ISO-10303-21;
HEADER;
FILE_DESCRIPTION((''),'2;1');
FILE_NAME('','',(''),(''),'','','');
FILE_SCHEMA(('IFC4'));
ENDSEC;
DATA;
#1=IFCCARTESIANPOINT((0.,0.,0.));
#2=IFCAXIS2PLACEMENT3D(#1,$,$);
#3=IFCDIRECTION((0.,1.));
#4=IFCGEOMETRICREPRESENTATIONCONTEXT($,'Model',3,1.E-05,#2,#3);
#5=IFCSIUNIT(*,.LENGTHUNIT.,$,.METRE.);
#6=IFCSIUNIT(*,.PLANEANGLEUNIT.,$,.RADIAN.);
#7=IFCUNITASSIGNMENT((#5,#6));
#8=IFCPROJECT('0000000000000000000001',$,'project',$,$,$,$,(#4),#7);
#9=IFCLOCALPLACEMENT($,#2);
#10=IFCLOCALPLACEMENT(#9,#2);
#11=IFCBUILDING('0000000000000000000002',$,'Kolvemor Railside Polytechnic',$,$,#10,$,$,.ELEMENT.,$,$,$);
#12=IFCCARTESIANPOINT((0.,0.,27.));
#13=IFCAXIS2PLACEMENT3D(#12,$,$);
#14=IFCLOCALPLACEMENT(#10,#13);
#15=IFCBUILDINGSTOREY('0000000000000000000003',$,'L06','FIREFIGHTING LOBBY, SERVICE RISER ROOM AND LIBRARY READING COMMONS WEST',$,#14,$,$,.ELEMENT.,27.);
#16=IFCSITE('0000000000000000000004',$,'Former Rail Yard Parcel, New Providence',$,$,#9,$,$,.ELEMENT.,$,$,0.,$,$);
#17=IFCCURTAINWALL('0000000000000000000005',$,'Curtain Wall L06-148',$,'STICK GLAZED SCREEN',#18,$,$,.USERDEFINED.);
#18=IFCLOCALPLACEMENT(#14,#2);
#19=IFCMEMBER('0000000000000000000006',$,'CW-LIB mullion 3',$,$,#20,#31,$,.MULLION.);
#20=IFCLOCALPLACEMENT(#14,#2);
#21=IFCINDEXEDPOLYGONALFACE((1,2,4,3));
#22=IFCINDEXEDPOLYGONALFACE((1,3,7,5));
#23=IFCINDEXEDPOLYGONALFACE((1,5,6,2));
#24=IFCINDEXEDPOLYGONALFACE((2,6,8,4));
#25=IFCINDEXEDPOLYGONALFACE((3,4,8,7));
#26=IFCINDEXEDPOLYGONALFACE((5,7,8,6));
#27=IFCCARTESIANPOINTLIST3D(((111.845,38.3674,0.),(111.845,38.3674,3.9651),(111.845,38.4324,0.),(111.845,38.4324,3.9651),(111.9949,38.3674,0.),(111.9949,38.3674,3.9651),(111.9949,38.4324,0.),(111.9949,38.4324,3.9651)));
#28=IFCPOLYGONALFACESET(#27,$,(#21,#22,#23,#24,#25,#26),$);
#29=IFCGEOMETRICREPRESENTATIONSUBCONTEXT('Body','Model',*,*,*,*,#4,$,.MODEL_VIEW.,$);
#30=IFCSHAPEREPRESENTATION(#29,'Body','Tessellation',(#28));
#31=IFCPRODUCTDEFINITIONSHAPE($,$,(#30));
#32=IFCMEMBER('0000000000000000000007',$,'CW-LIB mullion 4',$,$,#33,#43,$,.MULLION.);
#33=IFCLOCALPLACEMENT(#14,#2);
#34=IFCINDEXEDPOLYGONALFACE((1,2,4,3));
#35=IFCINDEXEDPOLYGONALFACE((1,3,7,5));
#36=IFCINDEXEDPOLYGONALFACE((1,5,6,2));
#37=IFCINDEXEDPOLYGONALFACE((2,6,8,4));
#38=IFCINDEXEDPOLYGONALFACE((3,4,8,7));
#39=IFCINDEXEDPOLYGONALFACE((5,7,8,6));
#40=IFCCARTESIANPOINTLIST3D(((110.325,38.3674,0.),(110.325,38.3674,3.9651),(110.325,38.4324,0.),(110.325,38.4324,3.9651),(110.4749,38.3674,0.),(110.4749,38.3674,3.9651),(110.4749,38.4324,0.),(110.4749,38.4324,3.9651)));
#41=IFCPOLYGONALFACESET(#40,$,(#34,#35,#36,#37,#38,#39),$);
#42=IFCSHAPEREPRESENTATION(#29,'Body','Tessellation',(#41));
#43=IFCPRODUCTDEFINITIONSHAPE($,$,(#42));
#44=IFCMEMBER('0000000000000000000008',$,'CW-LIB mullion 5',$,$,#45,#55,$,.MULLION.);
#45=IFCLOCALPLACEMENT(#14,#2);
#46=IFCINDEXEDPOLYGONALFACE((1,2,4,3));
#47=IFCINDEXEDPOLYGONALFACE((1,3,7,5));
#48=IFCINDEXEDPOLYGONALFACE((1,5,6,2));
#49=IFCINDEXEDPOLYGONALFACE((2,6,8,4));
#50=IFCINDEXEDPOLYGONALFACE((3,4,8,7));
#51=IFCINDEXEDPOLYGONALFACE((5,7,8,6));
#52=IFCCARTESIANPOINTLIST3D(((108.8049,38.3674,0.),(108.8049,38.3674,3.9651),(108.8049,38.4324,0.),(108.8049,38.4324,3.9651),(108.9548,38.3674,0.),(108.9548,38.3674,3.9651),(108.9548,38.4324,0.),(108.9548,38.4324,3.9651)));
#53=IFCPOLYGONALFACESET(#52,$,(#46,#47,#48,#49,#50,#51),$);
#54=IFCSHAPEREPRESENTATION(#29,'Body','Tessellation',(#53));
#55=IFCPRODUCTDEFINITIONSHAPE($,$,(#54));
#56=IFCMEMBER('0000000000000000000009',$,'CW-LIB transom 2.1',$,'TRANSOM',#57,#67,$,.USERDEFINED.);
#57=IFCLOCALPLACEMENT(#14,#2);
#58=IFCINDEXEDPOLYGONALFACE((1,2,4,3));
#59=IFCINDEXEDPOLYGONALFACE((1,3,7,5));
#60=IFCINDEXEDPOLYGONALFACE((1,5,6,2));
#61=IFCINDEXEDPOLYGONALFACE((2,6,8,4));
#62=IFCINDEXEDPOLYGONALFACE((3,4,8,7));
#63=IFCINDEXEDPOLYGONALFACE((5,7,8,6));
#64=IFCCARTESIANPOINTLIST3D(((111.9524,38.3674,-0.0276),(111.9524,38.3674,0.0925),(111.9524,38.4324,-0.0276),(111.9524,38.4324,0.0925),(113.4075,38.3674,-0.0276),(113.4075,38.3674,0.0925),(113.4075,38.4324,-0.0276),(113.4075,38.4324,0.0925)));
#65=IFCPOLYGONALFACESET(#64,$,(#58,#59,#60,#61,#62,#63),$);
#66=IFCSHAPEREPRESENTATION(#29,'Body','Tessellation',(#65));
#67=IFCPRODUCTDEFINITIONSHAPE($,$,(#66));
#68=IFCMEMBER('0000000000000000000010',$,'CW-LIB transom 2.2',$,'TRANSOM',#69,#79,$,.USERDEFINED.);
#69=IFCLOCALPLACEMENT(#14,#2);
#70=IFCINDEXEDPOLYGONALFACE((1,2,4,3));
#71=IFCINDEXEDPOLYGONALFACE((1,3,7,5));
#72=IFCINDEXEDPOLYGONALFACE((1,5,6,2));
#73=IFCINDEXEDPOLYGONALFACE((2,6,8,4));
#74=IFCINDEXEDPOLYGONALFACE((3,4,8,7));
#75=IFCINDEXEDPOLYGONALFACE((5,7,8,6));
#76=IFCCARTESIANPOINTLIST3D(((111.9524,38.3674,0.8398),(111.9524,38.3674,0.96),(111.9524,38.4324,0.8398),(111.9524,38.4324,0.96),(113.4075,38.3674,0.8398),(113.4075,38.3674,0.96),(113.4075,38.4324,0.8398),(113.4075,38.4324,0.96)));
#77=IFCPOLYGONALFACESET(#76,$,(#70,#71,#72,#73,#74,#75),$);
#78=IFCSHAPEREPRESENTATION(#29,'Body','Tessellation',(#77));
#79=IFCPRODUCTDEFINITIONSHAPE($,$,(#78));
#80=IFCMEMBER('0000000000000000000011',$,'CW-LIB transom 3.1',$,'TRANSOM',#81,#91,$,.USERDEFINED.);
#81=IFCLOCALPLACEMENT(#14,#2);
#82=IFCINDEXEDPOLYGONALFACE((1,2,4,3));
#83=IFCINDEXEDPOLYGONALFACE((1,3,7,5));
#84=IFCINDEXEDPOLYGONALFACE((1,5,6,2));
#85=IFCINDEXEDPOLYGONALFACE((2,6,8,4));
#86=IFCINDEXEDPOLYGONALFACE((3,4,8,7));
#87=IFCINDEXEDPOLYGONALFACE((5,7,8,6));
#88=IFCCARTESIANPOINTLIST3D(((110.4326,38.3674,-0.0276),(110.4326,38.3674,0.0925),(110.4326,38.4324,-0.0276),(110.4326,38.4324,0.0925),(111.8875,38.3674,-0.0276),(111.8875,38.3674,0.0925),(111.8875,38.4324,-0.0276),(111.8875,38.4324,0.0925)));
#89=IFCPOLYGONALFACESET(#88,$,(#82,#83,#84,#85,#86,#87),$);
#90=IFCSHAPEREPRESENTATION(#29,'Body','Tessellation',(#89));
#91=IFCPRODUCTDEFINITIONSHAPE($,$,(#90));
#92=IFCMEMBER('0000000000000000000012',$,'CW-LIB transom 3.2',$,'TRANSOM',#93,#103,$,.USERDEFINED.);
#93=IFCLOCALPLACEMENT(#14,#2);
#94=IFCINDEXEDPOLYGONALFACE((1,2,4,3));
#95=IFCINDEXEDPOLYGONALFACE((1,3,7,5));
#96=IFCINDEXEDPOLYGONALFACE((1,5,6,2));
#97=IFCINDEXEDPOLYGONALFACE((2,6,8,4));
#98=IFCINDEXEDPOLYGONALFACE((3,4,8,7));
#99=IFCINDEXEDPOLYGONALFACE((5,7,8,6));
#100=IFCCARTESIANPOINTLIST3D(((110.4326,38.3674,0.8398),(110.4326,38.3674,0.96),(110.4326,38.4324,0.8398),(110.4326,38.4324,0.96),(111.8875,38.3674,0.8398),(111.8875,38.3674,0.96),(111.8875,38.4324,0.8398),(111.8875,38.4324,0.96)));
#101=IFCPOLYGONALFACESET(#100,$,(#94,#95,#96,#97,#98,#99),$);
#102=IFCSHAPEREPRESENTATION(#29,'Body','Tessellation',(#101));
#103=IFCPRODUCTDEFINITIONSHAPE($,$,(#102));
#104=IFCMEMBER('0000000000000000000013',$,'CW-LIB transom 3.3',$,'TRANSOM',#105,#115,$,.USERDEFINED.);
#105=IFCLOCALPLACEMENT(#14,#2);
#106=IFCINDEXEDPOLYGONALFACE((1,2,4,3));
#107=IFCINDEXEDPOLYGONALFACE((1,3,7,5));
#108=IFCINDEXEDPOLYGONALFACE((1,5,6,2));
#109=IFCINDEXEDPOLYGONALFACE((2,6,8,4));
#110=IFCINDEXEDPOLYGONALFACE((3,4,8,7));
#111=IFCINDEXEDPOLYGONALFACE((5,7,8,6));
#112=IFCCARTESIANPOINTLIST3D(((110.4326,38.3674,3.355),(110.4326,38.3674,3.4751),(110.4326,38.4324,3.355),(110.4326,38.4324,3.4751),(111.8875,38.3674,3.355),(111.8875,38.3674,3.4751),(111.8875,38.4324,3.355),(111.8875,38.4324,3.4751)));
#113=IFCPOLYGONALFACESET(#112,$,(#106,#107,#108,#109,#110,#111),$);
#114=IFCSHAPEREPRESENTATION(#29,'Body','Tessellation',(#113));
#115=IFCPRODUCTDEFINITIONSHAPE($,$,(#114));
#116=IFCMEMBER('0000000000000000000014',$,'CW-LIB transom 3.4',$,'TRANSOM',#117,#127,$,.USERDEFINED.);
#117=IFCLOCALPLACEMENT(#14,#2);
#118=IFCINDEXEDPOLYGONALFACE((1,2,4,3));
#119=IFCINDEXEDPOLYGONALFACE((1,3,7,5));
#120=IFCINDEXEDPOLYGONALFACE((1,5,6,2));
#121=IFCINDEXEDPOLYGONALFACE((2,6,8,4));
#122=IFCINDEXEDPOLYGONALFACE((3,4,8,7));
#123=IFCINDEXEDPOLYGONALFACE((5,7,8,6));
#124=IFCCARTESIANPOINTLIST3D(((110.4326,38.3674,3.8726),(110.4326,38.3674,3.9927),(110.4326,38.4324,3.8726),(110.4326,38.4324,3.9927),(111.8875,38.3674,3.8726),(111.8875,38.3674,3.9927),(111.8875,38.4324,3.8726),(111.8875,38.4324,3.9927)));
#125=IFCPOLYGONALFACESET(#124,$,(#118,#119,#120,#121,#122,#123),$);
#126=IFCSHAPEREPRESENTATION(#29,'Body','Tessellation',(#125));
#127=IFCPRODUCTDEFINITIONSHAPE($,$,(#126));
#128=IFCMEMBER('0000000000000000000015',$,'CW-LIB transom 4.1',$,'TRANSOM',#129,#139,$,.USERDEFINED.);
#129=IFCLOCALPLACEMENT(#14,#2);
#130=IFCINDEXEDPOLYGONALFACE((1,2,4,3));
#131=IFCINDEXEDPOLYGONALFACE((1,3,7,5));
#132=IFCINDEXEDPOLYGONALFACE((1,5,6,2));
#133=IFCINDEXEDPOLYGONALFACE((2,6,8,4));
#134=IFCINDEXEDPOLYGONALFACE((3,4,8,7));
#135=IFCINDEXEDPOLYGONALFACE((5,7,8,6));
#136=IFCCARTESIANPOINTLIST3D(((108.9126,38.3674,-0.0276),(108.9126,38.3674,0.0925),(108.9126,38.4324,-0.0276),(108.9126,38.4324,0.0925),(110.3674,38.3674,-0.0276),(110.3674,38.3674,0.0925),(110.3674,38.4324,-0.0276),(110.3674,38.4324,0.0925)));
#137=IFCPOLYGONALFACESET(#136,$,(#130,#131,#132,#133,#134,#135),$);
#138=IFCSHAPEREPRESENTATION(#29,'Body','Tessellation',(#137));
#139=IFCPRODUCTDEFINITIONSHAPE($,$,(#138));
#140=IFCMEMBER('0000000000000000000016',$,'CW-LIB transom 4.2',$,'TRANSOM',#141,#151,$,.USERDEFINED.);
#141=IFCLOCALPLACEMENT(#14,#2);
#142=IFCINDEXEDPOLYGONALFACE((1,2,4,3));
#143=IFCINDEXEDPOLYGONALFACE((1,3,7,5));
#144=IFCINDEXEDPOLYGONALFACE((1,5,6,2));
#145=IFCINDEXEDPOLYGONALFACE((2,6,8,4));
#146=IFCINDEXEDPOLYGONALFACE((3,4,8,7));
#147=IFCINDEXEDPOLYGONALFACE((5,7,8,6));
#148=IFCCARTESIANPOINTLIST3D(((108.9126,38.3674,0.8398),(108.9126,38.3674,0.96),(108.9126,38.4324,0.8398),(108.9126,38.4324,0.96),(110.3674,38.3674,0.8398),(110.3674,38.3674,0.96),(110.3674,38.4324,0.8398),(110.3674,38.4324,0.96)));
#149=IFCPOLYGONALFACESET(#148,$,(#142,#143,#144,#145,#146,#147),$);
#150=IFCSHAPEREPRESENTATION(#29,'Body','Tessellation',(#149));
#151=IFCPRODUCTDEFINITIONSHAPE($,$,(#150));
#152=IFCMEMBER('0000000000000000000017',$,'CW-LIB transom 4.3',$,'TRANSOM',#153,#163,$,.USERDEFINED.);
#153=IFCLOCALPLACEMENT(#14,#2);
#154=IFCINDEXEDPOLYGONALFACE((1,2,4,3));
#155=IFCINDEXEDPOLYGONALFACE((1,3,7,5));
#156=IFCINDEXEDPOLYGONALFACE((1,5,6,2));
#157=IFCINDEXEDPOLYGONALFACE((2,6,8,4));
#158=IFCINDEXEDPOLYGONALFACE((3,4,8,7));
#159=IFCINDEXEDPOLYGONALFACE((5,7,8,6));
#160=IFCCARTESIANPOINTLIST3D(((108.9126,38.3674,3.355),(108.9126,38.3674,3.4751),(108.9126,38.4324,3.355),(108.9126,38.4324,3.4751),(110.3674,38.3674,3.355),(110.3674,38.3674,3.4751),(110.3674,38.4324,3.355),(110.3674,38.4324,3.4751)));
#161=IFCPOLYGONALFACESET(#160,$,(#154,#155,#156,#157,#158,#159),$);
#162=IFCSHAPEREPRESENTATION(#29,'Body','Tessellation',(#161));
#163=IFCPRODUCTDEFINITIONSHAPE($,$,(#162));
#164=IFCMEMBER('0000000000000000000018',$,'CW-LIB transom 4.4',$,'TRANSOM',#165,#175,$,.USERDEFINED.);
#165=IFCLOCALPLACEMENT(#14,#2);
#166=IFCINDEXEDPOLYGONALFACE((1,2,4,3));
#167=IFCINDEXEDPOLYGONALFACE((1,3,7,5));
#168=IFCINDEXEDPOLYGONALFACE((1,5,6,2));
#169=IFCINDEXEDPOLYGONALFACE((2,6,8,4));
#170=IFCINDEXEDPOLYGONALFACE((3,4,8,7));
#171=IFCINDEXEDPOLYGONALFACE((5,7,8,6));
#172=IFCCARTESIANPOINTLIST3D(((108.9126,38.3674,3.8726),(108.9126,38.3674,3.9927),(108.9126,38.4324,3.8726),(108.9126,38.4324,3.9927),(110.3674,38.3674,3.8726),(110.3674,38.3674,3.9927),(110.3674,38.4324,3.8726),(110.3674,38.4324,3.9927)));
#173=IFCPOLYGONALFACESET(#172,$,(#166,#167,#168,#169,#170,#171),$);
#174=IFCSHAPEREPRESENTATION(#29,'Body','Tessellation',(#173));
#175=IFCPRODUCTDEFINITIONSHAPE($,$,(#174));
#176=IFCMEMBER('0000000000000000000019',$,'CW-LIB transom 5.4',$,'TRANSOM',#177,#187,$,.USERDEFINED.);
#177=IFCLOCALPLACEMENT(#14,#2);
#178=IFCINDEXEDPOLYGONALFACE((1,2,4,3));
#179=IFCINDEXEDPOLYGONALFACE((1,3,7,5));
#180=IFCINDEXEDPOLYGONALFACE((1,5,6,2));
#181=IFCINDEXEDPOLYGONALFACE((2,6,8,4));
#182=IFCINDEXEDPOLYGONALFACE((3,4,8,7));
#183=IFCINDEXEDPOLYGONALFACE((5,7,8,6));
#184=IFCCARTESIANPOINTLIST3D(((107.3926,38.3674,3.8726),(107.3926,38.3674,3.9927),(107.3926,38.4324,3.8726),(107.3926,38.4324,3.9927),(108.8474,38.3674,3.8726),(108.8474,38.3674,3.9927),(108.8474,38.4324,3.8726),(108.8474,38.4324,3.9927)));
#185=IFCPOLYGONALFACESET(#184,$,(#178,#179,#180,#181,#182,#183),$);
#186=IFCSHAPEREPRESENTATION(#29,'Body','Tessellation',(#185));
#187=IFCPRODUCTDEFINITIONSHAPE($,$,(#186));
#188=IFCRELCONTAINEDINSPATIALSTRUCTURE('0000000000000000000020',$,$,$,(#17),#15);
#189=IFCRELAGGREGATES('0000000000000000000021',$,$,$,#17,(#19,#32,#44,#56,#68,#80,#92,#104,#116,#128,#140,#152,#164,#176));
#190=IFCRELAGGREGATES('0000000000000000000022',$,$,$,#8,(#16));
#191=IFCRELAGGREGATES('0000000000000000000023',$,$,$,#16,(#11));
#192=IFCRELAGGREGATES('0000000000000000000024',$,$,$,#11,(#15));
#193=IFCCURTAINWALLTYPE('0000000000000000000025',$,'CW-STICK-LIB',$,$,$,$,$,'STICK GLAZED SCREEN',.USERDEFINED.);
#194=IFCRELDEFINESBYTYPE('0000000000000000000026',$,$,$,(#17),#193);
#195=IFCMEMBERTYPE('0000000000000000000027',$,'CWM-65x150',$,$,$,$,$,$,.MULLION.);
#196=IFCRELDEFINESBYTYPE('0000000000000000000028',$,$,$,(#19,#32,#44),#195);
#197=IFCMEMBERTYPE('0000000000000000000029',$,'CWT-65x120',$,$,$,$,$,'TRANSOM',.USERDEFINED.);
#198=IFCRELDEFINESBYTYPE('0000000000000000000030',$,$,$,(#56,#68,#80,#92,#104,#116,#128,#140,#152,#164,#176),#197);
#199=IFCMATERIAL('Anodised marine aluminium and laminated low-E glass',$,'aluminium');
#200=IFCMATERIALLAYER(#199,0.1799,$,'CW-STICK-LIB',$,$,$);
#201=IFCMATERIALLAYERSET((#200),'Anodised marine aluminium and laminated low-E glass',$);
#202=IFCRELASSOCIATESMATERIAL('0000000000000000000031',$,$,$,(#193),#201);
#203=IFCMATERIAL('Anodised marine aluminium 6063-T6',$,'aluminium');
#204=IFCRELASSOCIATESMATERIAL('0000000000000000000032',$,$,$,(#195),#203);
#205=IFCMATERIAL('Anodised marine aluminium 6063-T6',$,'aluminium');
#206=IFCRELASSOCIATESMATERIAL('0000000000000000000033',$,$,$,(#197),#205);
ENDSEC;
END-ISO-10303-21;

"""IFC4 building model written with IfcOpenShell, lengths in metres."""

from ifc_helpers import new_model, si_unit, direction, frame, origin, origin_2d, place, context, subcontext, project, spatial, rectangle, extrude, material, layer, layer_set, material_profile, profile_set, type_object, element, aggregate, save


model = new_model("IFC4")

# Units and contexts
model_context = context("Model", 3, precision=1e-05, world=origin(), true_north=direction((0.0, 1.0)))
body_context = subcontext(model_context, "Body", "Model", "MODEL_VIEW")
ifc_project = project(units=[si_unit("LENGTHUNIT", "METRE"), si_unit("PLANEANGLEUNIT", "RADIAN")], contexts=[model_context])

# Site, building, storey
site_placement = place(None, origin())
site = spatial("IfcSite", under=ifc_project, at=site_placement, Name="Former Rail Yard Parcel, New Providence", CompositionType="ELEMENT", RefElevation=0.0)
building_placement = place(site_placement, origin())
building = spatial("IfcBuilding", under=site, at=building_placement, Name="Kolvemor Railside Polytechnic", CompositionType="ELEMENT")
storey_placement = place(building_placement, frame((0.0, 0.0, 27.0)))
storey = spatial("IfcBuildingStorey", under=building, at=storey_placement, Name="L06", Description="FIREFIGHTING LOBBY, SERVICE RISER ROOM AND LIBRARY READING COMMONS WEST", CompositionType="ELEMENT", Elevation=27.0)

# Curtain wall, members
ifc_material_1 = material(Name="Anodised marine aluminium and laminated low-E glass", Category="aluminium")
ifc_layer_1 = layer(ifc_material_1, 0.1799, Name="CW-STICK-LIB")
ifc_layer_set_1 = layer_set([ifc_layer_1], Name="Anodised marine aluminium and laminated low-E glass")
curtain_wall_type = type_object("IfcCurtainWallType", Name="CW-STICK-LIB", ElementType="STICK GLAZED SCREEN", PredefinedType="USERDEFINED", material=ifc_layer_set_1)
curtain_wall_placement = place(storey_placement, origin())
curtain_wall = element("IfcCurtainWall", 1, at=curtain_wall_placement, inside=storey, type_object=curtain_wall_type, Name="Curtain Wall L06-148", ObjectType="STICK GLAZED SCREEN", PredefinedType="USERDEFINED")
ifc_material_2 = material(Name="Anodised marine aluminium 6063-T6", Category="aluminium")
ifc_material_profile_1 = material_profile(ifc_material_2, rectangle(XDim=0.0649, YDim=0.1499, at=origin_2d()), Name="CW-MUL-65x150")
ifc_profile_set_1 = profile_set([ifc_material_profile_1], Name="Anodised marine aluminium 6063-T6")
member_type_1 = type_object("IfcMemberType", Name="CWM-65x150", PredefinedType="MULLION", material=ifc_profile_set_1)
member_1_placement = place(storey_placement, frame((111.9199, 38.3999, 0.0), z_axis=(0.0, 0.0, 1.0), x_axis=(0.0, -1.0, 0.0)))
member_1 = element("IfcMember", 2, at=member_1_placement, type_object=member_type_1, Name="CW-LIB mullion 3", PredefinedType="MULLION", context=body_context, shape_type="SweptSolid", body=[
    extrude(rectangle(XDim=0.0649, YDim=0.1499, at=origin_2d()), origin(), (0.0, 0.0, 1.0), 3.9651),
])
member_2_placement = place(storey_placement, frame((110.3999, 38.3999, 0.0), z_axis=(0.0, 0.0, 1.0), x_axis=(0.0, -1.0, 0.0)))
member_2 = element("IfcMember", 3, at=member_2_placement, type_object=member_type_1, Name="CW-LIB mullion 4", PredefinedType="MULLION", context=body_context, shape_type="SweptSolid", body=[
    extrude(rectangle(XDim=0.0649, YDim=0.1499, at=origin_2d()), origin(), (0.0, 0.0, 1.0), 3.9651),
])
member_3_placement = place(storey_placement, frame((108.8799, 38.3999, 0.0), z_axis=(0.0, 0.0, 1.0), x_axis=(0.0, -1.0, 0.0)))
member_3 = element("IfcMember", 4, at=member_3_placement, type_object=member_type_1, Name="CW-LIB mullion 5", PredefinedType="MULLION", context=body_context, shape_type="SweptSolid", body=[
    extrude(rectangle(XDim=0.0649, YDim=0.1499, at=origin_2d()), origin(), (0.0, 0.0, 1.0), 3.9651),
])
ifc_material_3 = material(Name="Anodised marine aluminium 6063-T6", Category="aluminium")
ifc_material_profile_2 = material_profile(ifc_material_3, rectangle(XDim=0.0649, YDim=0.1201, at=origin_2d()), Name="CW-TRN-65x120")
ifc_profile_set_2 = profile_set([ifc_material_profile_2], Name="Anodised marine aluminium 6063-T6")
member_type_2 = type_object("IfcMemberType", Name="CWT-65x120", ElementType="TRANSOM", PredefinedType="USERDEFINED", material=ifc_profile_set_2)
member_4_placement = place(storey_placement, frame((113.4075, 38.3999, 0.0325), z_axis=(-1.0, 0.0, 0.0), x_axis=(0.0, -1.0, 0.0)))
member_4 = element("IfcMember", 5, at=member_4_placement, type_object=member_type_2, Name="CW-LIB transom 2.1", ObjectType="TRANSOM", PredefinedType="USERDEFINED", context=body_context, shape_type="SweptSolid", body=[
    extrude(rectangle(XDim=0.0649, YDim=0.1201, at=origin_2d()), origin(), (0.0, 0.0, 1.0), 1.4551),
])
member_5_placement = place(storey_placement, frame((113.4075, 38.3999, 0.8999), z_axis=(-1.0, 0.0, 0.0), x_axis=(0.0, -1.0, 0.0)))
member_5 = element("IfcMember", 6, at=member_5_placement, type_object=member_type_2, Name="CW-LIB transom 2.2", ObjectType="TRANSOM", PredefinedType="USERDEFINED", context=body_context, shape_type="SweptSolid", body=[
    extrude(rectangle(XDim=0.0649, YDim=0.1201, at=origin_2d()), origin(), (0.0, 0.0, 1.0), 1.4551),
])
member_6_placement = place(storey_placement, frame((111.8875, 38.3999, 0.0325), z_axis=(-1.0, 0.0, 0.0), x_axis=(0.0, -1.0, 0.0)))
member_6 = element("IfcMember", 7, at=member_6_placement, type_object=member_type_2, Name="CW-LIB transom 3.1", ObjectType="TRANSOM", PredefinedType="USERDEFINED", context=body_context, shape_type="SweptSolid", body=[
    extrude(rectangle(XDim=0.0649, YDim=0.1201, at=origin_2d()), origin(), (0.0, 0.0, 1.0), 1.4548),
])
member_7_placement = place(storey_placement, frame((111.8875, 38.3999, 0.8999), z_axis=(-1.0, 0.0, 0.0), x_axis=(0.0, -1.0, 0.0)))
member_7 = element("IfcMember", 8, at=member_7_placement, type_object=member_type_2, Name="CW-LIB transom 3.2", ObjectType="TRANSOM", PredefinedType="USERDEFINED", context=body_context, shape_type="SweptSolid", body=[
    extrude(rectangle(XDim=0.0649, YDim=0.1201, at=origin_2d()), origin(), (0.0, 0.0, 1.0), 1.4548),
])
member_8_placement = place(storey_placement, frame((111.8875, 38.3999, 3.415), z_axis=(-1.0, 0.0, 0.0), x_axis=(0.0, -1.0, 0.0)))
member_8 = element("IfcMember", 9, at=member_8_placement, type_object=member_type_2, Name="CW-LIB transom 3.3", ObjectType="TRANSOM", PredefinedType="USERDEFINED", context=body_context, shape_type="SweptSolid", body=[
    extrude(rectangle(XDim=0.0649, YDim=0.1201, at=origin_2d()), origin(), (0.0, 0.0, 1.0), 1.4548),
])
member_9_placement = place(storey_placement, frame((111.8875, 38.3999, 3.9326), z_axis=(-1.0, 0.0, 0.0), x_axis=(0.0, -1.0, 0.0)))
member_9 = element("IfcMember", 10, at=member_9_placement, type_object=member_type_2, Name="CW-LIB transom 3.4", ObjectType="TRANSOM", PredefinedType="USERDEFINED", context=body_context, shape_type="SweptSolid", body=[
    extrude(rectangle(XDim=0.0649, YDim=0.1201, at=origin_2d()), origin(), (0.0, 0.0, 1.0), 1.4548),
])
member_10_placement = place(storey_placement, frame((110.3674, 38.3999, 0.0325), z_axis=(-1.0, 0.0, 0.0), x_axis=(0.0, -1.0, 0.0)))
member_10 = element("IfcMember", 11, at=member_10_placement, type_object=member_type_2, Name="CW-LIB transom 4.1", ObjectType="TRANSOM", PredefinedType="USERDEFINED", context=body_context, shape_type="SweptSolid", body=[
    extrude(rectangle(XDim=0.0649, YDim=0.1201, at=origin_2d()), origin(), (0.0, 0.0, 1.0), 1.4548),
])
member_11_placement = place(storey_placement, frame((110.3674, 38.3999, 0.8999), z_axis=(-1.0, 0.0, 0.0), x_axis=(0.0, -1.0, 0.0)))
member_11 = element("IfcMember", 12, at=member_11_placement, type_object=member_type_2, Name="CW-LIB transom 4.2", ObjectType="TRANSOM", PredefinedType="USERDEFINED", context=body_context, shape_type="SweptSolid", body=[
    extrude(rectangle(XDim=0.0649, YDim=0.1201, at=origin_2d()), origin(), (0.0, 0.0, 1.0), 1.4548),
])
member_12_placement = place(storey_placement, frame((110.3674, 38.3999, 3.415), z_axis=(-1.0, 0.0, 0.0), x_axis=(0.0, -1.0, 0.0)))
member_12 = element("IfcMember", 13, at=member_12_placement, type_object=member_type_2, Name="CW-LIB transom 4.3", ObjectType="TRANSOM", PredefinedType="USERDEFINED", context=body_context, shape_type="SweptSolid", body=[
    extrude(rectangle(XDim=0.0649, YDim=0.1201, at=origin_2d()), origin(), (0.0, 0.0, 1.0), 1.4548),
])
member_13_placement = place(storey_placement, frame((110.3674, 38.3999, 3.9326), z_axis=(-1.0, 0.0, 0.0), x_axis=(0.0, -1.0, 0.0)))
member_13 = element("IfcMember", 14, at=member_13_placement, type_object=member_type_2, Name="CW-LIB transom 4.4", ObjectType="TRANSOM", PredefinedType="USERDEFINED", context=body_context, shape_type="SweptSolid", body=[
    extrude(rectangle(XDim=0.0649, YDim=0.1201, at=origin_2d()), origin(), (0.0, 0.0, 1.0), 1.4548),
])
member_14_placement = place(storey_placement, frame((108.8474, 38.3999, 3.9326), z_axis=(-1.0, 0.0, 0.0), x_axis=(0.0, -1.0, 0.0)))
member_14 = element("IfcMember", 15, at=member_14_placement, type_object=member_type_2, Name="CW-LIB transom 5.4", ObjectType="TRANSOM", PredefinedType="USERDEFINED", context=body_context, shape_type="SweptSolid", body=[
    extrude(rectangle(XDim=0.0649, YDim=0.1201, at=origin_2d()), origin(), (0.0, 0.0, 1.0), 1.4548),
])
aggregate(curtain_wall, [member_1, member_2, member_3, member_4, member_5, member_6, member_7, member_8, member_9, member_10, member_11, member_12, member_13, member_14])

save(model, "model.ifc")
